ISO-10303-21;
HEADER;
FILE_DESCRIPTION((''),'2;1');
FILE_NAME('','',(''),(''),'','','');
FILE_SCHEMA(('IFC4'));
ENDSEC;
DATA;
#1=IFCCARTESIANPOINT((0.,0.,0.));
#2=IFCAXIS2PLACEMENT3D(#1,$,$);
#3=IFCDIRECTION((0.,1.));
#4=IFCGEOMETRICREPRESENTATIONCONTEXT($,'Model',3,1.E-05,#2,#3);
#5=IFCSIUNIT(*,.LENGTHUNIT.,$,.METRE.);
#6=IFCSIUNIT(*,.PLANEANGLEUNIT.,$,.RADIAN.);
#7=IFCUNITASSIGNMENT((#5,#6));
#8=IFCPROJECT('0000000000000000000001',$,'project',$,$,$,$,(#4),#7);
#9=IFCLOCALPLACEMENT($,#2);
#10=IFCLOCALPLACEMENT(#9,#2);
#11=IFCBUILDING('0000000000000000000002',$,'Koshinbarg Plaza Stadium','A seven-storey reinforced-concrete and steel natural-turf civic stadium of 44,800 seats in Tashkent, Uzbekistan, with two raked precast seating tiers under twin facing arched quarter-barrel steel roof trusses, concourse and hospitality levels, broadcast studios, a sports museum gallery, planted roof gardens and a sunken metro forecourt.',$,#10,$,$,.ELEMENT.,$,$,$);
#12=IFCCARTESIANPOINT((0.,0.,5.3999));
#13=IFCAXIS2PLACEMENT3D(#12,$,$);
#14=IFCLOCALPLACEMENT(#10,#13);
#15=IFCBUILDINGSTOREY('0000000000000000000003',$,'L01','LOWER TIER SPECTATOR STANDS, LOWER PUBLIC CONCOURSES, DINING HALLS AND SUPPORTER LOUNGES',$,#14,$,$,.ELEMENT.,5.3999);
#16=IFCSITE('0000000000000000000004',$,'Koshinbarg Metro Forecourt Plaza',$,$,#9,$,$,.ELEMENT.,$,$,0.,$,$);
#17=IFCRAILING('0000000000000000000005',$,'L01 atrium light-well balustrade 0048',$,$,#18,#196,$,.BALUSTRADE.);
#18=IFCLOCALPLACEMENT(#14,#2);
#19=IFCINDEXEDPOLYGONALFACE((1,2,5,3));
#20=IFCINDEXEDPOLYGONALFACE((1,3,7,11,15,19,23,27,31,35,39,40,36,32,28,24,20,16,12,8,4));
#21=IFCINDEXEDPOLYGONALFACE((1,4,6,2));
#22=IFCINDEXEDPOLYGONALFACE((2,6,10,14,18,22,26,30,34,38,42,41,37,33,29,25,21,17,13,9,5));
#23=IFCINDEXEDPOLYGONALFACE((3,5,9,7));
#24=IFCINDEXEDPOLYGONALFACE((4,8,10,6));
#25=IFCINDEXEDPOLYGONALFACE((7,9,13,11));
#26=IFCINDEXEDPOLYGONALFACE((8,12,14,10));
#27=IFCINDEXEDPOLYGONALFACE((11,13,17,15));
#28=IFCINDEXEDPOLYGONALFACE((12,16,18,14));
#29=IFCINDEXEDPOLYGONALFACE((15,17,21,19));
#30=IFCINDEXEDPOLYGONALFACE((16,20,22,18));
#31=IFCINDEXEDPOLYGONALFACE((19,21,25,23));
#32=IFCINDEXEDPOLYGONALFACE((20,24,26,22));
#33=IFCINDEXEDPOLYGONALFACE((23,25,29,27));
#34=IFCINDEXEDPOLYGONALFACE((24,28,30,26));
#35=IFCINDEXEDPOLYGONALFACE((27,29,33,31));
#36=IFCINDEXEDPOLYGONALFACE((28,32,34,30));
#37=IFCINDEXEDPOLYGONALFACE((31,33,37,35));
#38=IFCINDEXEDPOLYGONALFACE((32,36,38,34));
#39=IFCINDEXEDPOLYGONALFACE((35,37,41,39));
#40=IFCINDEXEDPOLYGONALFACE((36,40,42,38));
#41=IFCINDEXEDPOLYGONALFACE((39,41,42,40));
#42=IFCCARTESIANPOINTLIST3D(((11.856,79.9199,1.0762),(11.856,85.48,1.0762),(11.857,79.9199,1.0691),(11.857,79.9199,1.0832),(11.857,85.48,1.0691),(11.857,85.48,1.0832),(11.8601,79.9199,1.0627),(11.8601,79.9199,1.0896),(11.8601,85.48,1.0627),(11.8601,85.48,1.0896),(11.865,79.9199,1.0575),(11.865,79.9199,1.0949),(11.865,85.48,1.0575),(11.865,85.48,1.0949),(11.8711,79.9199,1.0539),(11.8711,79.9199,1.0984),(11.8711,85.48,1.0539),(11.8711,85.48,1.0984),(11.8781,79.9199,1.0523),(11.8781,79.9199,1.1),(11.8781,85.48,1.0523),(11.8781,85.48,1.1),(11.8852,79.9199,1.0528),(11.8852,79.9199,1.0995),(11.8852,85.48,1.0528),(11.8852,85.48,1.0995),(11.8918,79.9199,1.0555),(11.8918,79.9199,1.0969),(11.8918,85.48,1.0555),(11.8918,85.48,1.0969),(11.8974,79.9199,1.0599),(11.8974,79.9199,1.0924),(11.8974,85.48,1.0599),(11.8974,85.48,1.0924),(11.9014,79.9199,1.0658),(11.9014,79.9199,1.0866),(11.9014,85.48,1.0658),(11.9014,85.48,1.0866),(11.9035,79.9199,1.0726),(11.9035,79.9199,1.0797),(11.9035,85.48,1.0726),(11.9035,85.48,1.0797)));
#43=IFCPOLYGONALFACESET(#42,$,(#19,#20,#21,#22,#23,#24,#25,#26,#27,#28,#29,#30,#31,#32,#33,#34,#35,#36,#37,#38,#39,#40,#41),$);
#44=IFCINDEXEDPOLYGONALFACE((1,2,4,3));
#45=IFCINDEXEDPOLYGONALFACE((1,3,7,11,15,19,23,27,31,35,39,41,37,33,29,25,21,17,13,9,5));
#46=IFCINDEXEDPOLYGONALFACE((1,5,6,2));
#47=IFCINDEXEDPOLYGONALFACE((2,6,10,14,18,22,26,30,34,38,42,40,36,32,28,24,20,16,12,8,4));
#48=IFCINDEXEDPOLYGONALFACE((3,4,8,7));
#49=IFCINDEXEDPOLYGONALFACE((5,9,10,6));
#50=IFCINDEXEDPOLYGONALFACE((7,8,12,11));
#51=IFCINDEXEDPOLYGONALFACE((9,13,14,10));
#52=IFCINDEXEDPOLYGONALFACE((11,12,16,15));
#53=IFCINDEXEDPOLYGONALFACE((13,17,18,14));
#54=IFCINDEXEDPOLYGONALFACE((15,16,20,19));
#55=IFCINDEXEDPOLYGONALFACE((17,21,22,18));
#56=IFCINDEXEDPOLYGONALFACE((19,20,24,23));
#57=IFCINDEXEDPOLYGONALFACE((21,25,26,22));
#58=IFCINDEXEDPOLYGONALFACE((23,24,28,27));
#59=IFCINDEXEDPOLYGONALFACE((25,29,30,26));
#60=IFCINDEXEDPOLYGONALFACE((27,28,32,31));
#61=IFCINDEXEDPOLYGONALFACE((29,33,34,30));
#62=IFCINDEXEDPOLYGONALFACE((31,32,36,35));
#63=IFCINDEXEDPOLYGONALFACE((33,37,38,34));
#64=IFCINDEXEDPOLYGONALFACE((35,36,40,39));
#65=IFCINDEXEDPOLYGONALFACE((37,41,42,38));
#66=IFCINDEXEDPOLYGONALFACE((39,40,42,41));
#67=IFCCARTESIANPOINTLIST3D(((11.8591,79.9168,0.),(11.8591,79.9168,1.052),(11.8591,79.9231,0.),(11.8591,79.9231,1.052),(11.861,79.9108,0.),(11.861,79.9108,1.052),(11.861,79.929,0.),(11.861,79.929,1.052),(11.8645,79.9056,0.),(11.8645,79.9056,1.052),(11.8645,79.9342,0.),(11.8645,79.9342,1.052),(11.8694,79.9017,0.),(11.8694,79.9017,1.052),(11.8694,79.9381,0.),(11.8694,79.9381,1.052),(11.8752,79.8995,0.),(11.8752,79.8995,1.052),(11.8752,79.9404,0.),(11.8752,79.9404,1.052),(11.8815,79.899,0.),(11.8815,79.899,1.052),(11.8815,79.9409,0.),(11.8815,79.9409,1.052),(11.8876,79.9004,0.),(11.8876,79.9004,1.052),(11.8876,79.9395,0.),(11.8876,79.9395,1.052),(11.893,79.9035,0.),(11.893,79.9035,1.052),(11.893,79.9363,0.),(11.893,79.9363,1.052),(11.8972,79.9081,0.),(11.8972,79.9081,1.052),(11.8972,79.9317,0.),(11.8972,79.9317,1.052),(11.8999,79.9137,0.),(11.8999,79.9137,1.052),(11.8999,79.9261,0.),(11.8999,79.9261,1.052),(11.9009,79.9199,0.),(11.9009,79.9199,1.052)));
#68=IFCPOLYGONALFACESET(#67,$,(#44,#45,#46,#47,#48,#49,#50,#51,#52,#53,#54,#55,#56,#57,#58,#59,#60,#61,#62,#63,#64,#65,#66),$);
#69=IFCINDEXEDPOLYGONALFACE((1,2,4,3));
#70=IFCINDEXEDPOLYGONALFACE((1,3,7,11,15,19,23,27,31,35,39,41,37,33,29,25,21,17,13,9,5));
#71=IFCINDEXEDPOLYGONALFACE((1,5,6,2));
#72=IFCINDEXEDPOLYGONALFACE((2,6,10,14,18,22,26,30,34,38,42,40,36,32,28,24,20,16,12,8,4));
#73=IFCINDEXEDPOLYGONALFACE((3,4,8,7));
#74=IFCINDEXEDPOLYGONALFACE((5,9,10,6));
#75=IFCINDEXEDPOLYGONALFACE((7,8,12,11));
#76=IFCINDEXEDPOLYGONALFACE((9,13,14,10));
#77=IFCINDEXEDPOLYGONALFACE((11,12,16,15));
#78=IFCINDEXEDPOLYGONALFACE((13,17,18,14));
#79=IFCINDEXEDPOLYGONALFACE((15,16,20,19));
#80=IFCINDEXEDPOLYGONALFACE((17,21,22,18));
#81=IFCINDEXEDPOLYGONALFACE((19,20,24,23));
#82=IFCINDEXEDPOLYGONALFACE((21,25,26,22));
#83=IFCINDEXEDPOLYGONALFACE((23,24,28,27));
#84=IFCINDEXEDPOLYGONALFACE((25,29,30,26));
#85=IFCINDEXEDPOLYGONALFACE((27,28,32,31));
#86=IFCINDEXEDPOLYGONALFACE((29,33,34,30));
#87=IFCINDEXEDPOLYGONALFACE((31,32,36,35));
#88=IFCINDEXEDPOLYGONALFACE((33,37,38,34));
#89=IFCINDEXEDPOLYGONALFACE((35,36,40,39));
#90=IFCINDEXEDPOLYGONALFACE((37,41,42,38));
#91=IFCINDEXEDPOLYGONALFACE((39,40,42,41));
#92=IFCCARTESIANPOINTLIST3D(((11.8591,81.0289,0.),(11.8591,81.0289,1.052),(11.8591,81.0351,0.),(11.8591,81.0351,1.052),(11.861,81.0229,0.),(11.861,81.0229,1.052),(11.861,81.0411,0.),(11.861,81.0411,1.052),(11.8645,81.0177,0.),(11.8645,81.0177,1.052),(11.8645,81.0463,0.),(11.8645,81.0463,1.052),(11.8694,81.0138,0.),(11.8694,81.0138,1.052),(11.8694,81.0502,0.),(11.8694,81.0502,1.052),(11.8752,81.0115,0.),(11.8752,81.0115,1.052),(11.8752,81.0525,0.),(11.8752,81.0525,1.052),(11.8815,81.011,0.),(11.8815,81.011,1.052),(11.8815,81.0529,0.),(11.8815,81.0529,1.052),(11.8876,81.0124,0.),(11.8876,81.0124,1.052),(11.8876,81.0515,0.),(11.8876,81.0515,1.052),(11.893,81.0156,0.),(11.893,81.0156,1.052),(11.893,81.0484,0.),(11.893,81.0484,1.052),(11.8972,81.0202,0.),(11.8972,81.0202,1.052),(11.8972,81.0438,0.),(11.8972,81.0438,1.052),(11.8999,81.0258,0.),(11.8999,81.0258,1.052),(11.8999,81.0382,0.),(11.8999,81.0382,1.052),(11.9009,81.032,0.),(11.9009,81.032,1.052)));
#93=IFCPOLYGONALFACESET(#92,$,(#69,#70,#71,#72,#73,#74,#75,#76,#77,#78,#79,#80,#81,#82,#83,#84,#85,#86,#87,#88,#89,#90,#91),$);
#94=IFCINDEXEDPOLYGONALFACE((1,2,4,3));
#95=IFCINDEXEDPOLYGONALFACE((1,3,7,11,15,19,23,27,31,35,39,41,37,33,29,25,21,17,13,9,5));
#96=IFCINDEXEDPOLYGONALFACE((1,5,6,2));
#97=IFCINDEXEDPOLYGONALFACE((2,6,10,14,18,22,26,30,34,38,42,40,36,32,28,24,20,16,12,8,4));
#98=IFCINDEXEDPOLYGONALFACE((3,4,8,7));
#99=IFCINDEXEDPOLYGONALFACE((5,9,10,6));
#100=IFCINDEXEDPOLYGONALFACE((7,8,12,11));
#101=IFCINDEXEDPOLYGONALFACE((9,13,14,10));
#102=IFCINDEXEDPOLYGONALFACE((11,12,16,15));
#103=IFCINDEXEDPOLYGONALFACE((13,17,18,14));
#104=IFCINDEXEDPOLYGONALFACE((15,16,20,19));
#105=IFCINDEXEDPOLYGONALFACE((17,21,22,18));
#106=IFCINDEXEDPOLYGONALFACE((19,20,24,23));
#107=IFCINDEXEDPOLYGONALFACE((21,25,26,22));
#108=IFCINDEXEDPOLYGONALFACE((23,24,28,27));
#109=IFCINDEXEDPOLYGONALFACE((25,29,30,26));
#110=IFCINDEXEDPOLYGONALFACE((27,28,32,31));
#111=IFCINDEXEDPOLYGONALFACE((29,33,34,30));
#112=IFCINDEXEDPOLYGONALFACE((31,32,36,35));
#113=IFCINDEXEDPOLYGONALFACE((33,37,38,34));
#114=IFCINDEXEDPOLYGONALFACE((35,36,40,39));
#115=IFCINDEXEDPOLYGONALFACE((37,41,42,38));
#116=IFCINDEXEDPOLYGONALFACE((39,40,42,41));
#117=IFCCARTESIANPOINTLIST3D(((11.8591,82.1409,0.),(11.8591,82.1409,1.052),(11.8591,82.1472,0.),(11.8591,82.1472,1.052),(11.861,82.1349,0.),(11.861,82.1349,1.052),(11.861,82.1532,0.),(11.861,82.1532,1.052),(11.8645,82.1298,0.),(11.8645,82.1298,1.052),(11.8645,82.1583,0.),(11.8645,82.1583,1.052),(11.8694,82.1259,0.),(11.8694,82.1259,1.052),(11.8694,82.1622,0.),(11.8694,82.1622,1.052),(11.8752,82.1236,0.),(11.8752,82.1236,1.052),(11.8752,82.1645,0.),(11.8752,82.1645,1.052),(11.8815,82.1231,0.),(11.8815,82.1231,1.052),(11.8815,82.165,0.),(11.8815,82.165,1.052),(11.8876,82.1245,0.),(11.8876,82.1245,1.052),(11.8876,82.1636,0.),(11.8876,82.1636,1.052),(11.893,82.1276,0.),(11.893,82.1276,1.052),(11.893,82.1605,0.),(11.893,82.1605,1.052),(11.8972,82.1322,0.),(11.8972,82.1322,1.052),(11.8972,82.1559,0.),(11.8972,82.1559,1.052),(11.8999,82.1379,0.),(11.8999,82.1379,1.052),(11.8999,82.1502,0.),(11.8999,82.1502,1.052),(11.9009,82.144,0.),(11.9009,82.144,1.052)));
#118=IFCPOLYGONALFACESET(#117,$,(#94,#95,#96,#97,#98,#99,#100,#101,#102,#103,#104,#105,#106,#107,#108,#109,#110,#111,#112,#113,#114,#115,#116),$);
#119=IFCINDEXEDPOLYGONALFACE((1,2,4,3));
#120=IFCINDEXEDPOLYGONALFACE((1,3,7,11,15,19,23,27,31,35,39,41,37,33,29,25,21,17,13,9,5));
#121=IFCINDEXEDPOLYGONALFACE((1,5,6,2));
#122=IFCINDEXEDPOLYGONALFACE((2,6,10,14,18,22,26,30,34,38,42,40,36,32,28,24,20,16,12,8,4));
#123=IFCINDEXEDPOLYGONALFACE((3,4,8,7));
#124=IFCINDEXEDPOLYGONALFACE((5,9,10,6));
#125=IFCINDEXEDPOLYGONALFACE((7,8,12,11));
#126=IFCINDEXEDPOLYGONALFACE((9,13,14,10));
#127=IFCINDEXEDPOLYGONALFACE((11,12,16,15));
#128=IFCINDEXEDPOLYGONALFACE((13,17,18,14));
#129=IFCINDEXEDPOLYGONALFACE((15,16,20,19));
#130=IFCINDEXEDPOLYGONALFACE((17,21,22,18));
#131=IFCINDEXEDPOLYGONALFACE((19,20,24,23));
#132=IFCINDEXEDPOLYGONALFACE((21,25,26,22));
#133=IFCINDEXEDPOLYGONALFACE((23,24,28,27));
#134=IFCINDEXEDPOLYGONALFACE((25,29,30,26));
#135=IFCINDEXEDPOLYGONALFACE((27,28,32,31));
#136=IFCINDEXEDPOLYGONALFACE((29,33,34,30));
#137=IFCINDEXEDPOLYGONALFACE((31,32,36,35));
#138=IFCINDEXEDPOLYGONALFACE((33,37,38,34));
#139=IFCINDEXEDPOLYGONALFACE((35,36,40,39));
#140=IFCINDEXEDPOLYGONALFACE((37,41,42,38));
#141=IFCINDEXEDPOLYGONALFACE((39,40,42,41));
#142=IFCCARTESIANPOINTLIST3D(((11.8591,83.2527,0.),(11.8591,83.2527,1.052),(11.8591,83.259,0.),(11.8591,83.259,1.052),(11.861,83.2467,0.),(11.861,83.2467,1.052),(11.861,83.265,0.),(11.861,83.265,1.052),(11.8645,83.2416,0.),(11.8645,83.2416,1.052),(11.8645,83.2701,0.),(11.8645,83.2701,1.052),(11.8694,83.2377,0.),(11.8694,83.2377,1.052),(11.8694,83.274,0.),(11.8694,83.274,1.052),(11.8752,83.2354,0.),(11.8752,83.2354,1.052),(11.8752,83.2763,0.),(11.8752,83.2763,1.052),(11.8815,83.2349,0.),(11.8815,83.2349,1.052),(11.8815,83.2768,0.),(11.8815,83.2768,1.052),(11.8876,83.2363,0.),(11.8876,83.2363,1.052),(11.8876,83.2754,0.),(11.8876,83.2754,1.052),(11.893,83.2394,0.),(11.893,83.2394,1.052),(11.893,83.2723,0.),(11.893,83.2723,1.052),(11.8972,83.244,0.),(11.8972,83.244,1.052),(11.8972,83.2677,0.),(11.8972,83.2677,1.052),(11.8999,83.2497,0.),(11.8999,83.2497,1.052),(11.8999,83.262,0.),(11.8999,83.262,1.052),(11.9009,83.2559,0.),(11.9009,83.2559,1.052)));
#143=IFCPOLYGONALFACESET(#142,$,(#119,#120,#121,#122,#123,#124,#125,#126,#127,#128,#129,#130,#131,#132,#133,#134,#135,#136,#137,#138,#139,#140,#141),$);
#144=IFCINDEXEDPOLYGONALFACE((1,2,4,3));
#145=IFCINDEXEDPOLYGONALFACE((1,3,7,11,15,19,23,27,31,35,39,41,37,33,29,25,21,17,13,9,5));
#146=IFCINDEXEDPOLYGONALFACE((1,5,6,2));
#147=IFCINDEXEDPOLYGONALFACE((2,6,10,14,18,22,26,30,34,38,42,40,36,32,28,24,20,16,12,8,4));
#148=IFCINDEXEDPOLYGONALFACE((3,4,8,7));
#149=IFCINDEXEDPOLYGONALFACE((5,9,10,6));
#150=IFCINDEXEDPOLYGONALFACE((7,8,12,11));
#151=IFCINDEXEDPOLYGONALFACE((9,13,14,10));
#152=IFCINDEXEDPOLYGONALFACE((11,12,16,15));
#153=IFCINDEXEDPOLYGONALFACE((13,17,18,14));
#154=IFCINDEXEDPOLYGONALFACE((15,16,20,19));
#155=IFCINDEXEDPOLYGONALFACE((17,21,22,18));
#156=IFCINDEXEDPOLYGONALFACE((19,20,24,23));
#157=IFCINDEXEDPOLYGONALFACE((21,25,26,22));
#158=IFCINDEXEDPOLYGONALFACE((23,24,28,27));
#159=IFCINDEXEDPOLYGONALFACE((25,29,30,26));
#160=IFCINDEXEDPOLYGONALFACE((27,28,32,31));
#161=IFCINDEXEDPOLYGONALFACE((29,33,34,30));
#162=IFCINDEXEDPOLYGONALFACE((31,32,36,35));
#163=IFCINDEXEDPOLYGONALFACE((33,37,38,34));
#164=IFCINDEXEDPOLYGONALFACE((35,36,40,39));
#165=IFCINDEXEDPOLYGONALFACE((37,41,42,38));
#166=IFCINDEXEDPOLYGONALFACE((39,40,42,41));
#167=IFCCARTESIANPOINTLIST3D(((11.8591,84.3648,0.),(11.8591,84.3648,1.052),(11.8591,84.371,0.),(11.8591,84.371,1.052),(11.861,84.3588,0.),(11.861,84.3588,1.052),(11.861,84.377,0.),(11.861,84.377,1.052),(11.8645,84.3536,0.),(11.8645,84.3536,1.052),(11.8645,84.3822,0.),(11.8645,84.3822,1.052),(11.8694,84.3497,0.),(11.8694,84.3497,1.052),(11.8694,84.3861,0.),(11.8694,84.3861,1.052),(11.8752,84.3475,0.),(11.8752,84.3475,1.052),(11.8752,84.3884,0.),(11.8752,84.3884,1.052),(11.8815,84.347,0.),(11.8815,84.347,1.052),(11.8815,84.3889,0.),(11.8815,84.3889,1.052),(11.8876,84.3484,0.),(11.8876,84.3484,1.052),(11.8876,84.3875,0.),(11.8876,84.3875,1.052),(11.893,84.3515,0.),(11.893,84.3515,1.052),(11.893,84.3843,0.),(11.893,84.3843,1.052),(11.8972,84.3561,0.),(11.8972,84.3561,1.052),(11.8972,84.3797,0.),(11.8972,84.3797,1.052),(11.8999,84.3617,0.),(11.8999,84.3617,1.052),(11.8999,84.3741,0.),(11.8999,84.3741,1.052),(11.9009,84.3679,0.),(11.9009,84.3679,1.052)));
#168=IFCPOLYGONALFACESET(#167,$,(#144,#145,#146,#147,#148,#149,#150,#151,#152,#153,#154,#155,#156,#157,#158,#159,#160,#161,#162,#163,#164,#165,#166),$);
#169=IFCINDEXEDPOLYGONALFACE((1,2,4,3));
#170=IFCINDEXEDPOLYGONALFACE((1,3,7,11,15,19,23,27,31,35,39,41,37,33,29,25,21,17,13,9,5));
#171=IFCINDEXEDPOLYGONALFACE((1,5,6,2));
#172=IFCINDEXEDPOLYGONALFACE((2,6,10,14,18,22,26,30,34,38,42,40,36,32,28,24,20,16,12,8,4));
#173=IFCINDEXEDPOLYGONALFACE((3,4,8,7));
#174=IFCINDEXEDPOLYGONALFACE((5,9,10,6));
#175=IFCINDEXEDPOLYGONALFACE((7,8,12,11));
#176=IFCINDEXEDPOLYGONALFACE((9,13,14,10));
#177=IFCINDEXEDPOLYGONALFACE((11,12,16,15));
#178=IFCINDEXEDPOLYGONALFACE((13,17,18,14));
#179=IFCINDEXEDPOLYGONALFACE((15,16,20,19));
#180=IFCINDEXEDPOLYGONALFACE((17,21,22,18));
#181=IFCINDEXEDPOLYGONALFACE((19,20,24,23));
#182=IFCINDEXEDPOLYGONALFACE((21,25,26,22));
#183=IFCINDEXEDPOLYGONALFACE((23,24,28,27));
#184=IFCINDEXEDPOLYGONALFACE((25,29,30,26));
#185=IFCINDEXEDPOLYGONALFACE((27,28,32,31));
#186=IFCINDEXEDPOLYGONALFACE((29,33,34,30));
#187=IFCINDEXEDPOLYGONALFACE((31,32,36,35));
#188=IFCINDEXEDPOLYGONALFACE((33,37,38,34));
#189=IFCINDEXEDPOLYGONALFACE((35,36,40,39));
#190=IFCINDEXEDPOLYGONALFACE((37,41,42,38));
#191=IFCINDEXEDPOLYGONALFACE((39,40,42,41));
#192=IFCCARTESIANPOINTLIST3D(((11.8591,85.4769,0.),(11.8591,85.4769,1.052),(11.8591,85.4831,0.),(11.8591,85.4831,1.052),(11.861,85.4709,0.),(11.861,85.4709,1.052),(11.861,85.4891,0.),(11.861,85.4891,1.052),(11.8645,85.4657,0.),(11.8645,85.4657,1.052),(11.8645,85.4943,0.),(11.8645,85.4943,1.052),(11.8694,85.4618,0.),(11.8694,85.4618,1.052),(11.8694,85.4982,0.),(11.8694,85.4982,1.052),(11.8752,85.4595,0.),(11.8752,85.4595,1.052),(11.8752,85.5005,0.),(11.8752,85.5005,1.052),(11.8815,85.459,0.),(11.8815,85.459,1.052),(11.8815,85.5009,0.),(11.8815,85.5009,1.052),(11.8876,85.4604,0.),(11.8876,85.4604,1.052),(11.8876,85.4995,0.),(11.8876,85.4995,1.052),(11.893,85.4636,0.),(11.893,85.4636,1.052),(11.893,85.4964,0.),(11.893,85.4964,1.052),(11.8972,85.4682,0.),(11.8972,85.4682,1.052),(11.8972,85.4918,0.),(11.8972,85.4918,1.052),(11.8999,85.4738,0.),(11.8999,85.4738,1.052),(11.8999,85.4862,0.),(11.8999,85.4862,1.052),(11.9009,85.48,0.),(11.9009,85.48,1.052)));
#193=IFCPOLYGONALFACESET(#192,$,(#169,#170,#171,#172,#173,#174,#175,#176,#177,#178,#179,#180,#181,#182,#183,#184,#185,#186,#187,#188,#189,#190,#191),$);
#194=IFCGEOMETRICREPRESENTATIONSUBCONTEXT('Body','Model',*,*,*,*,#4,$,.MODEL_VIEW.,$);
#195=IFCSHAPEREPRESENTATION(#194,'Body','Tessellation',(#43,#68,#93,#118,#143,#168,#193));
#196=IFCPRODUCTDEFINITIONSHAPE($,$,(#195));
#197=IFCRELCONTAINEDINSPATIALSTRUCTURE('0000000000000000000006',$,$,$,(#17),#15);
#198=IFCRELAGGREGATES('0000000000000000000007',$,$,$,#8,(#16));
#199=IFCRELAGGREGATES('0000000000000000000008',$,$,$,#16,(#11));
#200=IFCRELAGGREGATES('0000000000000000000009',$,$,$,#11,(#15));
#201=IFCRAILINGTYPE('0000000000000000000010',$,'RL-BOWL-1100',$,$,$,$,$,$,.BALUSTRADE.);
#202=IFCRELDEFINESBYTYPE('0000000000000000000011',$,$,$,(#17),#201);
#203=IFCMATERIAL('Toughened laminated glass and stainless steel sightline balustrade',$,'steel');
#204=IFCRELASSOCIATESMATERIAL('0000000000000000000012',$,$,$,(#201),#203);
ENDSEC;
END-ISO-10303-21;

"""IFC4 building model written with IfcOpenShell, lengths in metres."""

from ifc_helpers import new_model, si_unit, direction, frame, origin, origin_2d, place, context, subcontext, project, spatial, circle, extrude, material, type_object, element, save


model = new_model("IFC4")

# Units and contexts
model_context = context("Model", 3, precision=1e-05, world=origin(), true_north=direction((0.0, 1.0)))
body_context = subcontext(model_context, "Body", "Model", "MODEL_VIEW")
ifc_project = project(units=[si_unit("LENGTHUNIT", "METRE"), si_unit("PLANEANGLEUNIT", "RADIAN")], contexts=[model_context])

# Site, building, storey
site_placement = place(None, origin())
site = spatial("IfcSite", under=ifc_project, at=site_placement, Name="Koshinbarg Metro Forecourt Plaza", CompositionType="ELEMENT", RefElevation=0.0)
building_placement = place(site_placement, origin())
building = spatial("IfcBuilding", under=site, at=building_placement, Name="Koshinbarg Plaza Stadium", Description="A seven-storey reinforced-concrete and steel natural-turf civic stadium of 44,800 seats in Tashkent, Uzbekistan, with two raked precast seating tiers under twin facing arched quarter-barrel steel roof trusses, concourse and hospitality levels, broadcast studios, a sports museum gallery, planted roof gardens and a sunken metro forecourt.", CompositionType="ELEMENT")
storey_placement = place(building_placement, frame((0.0, 0.0, 5.3999)))
storey = spatial("IfcBuildingStorey", under=building, at=storey_placement, Name="L01", Description="LOWER TIER SPECTATOR STANDS, LOWER PUBLIC CONCOURSES, DINING HALLS AND SUPPORTER LOUNGES", CompositionType="ELEMENT", Elevation=5.3999)

# Railing
ifc_material_1 = material(Name="Toughened laminated glass and stainless steel sightline balustrade", Category="steel")
railing_type = type_object("IfcRailingType", Name="RL-BOWL-1100", PredefinedType="BALUSTRADE", material=ifc_material_1)
railing_1_placement = place(storey_placement, frame((11.8799, 79.9199, 0.0)))
element("IfcRailing", 1, at=railing_1_placement, inside=storey, type_object=railing_type, Name="L01 atrium light-well balustrade 0048", PredefinedType="BALUSTRADE", context=body_context, shape_type="SweptSolid", body=[
    extrude(circle(Radius=0.0239, at=origin_2d()), frame((0.0, 0.0, 1.0762), z_axis=(0.0, 1.0, 0.0), x_axis=(-1.0, 0.0, 0.0)), (0.0, 0.0, 1.0), 5.5601),
    extrude(circle(Radius=0.021, at=origin_2d()), origin(), (0.0, 0.0, 1.0), 1.052),
    extrude(circle(Radius=0.021, at=origin_2d()), frame((0.0, 1.1121, 0.0)), (0.0, 0.0, 1.0), 1.052),
    extrude(circle(Radius=0.021, at=origin_2d()), frame((0.0, 2.2241, 0.0)), (0.0, 0.0, 1.0), 1.052),
    extrude(circle(Radius=0.021, at=origin_2d()), frame((0.0, 3.3359, 0.0)), (0.0, 0.0, 1.0), 1.052),
    extrude(circle(Radius=0.021, at=origin_2d()), frame((0.0, 4.448, 0.0)), (0.0, 0.0, 1.0), 1.052),
    extrude(circle(Radius=0.021, at=origin_2d()), frame((0.0, 5.5601, 0.0)), (0.0, 0.0, 1.0), 1.052),
])

save(model, "model.ifc")
